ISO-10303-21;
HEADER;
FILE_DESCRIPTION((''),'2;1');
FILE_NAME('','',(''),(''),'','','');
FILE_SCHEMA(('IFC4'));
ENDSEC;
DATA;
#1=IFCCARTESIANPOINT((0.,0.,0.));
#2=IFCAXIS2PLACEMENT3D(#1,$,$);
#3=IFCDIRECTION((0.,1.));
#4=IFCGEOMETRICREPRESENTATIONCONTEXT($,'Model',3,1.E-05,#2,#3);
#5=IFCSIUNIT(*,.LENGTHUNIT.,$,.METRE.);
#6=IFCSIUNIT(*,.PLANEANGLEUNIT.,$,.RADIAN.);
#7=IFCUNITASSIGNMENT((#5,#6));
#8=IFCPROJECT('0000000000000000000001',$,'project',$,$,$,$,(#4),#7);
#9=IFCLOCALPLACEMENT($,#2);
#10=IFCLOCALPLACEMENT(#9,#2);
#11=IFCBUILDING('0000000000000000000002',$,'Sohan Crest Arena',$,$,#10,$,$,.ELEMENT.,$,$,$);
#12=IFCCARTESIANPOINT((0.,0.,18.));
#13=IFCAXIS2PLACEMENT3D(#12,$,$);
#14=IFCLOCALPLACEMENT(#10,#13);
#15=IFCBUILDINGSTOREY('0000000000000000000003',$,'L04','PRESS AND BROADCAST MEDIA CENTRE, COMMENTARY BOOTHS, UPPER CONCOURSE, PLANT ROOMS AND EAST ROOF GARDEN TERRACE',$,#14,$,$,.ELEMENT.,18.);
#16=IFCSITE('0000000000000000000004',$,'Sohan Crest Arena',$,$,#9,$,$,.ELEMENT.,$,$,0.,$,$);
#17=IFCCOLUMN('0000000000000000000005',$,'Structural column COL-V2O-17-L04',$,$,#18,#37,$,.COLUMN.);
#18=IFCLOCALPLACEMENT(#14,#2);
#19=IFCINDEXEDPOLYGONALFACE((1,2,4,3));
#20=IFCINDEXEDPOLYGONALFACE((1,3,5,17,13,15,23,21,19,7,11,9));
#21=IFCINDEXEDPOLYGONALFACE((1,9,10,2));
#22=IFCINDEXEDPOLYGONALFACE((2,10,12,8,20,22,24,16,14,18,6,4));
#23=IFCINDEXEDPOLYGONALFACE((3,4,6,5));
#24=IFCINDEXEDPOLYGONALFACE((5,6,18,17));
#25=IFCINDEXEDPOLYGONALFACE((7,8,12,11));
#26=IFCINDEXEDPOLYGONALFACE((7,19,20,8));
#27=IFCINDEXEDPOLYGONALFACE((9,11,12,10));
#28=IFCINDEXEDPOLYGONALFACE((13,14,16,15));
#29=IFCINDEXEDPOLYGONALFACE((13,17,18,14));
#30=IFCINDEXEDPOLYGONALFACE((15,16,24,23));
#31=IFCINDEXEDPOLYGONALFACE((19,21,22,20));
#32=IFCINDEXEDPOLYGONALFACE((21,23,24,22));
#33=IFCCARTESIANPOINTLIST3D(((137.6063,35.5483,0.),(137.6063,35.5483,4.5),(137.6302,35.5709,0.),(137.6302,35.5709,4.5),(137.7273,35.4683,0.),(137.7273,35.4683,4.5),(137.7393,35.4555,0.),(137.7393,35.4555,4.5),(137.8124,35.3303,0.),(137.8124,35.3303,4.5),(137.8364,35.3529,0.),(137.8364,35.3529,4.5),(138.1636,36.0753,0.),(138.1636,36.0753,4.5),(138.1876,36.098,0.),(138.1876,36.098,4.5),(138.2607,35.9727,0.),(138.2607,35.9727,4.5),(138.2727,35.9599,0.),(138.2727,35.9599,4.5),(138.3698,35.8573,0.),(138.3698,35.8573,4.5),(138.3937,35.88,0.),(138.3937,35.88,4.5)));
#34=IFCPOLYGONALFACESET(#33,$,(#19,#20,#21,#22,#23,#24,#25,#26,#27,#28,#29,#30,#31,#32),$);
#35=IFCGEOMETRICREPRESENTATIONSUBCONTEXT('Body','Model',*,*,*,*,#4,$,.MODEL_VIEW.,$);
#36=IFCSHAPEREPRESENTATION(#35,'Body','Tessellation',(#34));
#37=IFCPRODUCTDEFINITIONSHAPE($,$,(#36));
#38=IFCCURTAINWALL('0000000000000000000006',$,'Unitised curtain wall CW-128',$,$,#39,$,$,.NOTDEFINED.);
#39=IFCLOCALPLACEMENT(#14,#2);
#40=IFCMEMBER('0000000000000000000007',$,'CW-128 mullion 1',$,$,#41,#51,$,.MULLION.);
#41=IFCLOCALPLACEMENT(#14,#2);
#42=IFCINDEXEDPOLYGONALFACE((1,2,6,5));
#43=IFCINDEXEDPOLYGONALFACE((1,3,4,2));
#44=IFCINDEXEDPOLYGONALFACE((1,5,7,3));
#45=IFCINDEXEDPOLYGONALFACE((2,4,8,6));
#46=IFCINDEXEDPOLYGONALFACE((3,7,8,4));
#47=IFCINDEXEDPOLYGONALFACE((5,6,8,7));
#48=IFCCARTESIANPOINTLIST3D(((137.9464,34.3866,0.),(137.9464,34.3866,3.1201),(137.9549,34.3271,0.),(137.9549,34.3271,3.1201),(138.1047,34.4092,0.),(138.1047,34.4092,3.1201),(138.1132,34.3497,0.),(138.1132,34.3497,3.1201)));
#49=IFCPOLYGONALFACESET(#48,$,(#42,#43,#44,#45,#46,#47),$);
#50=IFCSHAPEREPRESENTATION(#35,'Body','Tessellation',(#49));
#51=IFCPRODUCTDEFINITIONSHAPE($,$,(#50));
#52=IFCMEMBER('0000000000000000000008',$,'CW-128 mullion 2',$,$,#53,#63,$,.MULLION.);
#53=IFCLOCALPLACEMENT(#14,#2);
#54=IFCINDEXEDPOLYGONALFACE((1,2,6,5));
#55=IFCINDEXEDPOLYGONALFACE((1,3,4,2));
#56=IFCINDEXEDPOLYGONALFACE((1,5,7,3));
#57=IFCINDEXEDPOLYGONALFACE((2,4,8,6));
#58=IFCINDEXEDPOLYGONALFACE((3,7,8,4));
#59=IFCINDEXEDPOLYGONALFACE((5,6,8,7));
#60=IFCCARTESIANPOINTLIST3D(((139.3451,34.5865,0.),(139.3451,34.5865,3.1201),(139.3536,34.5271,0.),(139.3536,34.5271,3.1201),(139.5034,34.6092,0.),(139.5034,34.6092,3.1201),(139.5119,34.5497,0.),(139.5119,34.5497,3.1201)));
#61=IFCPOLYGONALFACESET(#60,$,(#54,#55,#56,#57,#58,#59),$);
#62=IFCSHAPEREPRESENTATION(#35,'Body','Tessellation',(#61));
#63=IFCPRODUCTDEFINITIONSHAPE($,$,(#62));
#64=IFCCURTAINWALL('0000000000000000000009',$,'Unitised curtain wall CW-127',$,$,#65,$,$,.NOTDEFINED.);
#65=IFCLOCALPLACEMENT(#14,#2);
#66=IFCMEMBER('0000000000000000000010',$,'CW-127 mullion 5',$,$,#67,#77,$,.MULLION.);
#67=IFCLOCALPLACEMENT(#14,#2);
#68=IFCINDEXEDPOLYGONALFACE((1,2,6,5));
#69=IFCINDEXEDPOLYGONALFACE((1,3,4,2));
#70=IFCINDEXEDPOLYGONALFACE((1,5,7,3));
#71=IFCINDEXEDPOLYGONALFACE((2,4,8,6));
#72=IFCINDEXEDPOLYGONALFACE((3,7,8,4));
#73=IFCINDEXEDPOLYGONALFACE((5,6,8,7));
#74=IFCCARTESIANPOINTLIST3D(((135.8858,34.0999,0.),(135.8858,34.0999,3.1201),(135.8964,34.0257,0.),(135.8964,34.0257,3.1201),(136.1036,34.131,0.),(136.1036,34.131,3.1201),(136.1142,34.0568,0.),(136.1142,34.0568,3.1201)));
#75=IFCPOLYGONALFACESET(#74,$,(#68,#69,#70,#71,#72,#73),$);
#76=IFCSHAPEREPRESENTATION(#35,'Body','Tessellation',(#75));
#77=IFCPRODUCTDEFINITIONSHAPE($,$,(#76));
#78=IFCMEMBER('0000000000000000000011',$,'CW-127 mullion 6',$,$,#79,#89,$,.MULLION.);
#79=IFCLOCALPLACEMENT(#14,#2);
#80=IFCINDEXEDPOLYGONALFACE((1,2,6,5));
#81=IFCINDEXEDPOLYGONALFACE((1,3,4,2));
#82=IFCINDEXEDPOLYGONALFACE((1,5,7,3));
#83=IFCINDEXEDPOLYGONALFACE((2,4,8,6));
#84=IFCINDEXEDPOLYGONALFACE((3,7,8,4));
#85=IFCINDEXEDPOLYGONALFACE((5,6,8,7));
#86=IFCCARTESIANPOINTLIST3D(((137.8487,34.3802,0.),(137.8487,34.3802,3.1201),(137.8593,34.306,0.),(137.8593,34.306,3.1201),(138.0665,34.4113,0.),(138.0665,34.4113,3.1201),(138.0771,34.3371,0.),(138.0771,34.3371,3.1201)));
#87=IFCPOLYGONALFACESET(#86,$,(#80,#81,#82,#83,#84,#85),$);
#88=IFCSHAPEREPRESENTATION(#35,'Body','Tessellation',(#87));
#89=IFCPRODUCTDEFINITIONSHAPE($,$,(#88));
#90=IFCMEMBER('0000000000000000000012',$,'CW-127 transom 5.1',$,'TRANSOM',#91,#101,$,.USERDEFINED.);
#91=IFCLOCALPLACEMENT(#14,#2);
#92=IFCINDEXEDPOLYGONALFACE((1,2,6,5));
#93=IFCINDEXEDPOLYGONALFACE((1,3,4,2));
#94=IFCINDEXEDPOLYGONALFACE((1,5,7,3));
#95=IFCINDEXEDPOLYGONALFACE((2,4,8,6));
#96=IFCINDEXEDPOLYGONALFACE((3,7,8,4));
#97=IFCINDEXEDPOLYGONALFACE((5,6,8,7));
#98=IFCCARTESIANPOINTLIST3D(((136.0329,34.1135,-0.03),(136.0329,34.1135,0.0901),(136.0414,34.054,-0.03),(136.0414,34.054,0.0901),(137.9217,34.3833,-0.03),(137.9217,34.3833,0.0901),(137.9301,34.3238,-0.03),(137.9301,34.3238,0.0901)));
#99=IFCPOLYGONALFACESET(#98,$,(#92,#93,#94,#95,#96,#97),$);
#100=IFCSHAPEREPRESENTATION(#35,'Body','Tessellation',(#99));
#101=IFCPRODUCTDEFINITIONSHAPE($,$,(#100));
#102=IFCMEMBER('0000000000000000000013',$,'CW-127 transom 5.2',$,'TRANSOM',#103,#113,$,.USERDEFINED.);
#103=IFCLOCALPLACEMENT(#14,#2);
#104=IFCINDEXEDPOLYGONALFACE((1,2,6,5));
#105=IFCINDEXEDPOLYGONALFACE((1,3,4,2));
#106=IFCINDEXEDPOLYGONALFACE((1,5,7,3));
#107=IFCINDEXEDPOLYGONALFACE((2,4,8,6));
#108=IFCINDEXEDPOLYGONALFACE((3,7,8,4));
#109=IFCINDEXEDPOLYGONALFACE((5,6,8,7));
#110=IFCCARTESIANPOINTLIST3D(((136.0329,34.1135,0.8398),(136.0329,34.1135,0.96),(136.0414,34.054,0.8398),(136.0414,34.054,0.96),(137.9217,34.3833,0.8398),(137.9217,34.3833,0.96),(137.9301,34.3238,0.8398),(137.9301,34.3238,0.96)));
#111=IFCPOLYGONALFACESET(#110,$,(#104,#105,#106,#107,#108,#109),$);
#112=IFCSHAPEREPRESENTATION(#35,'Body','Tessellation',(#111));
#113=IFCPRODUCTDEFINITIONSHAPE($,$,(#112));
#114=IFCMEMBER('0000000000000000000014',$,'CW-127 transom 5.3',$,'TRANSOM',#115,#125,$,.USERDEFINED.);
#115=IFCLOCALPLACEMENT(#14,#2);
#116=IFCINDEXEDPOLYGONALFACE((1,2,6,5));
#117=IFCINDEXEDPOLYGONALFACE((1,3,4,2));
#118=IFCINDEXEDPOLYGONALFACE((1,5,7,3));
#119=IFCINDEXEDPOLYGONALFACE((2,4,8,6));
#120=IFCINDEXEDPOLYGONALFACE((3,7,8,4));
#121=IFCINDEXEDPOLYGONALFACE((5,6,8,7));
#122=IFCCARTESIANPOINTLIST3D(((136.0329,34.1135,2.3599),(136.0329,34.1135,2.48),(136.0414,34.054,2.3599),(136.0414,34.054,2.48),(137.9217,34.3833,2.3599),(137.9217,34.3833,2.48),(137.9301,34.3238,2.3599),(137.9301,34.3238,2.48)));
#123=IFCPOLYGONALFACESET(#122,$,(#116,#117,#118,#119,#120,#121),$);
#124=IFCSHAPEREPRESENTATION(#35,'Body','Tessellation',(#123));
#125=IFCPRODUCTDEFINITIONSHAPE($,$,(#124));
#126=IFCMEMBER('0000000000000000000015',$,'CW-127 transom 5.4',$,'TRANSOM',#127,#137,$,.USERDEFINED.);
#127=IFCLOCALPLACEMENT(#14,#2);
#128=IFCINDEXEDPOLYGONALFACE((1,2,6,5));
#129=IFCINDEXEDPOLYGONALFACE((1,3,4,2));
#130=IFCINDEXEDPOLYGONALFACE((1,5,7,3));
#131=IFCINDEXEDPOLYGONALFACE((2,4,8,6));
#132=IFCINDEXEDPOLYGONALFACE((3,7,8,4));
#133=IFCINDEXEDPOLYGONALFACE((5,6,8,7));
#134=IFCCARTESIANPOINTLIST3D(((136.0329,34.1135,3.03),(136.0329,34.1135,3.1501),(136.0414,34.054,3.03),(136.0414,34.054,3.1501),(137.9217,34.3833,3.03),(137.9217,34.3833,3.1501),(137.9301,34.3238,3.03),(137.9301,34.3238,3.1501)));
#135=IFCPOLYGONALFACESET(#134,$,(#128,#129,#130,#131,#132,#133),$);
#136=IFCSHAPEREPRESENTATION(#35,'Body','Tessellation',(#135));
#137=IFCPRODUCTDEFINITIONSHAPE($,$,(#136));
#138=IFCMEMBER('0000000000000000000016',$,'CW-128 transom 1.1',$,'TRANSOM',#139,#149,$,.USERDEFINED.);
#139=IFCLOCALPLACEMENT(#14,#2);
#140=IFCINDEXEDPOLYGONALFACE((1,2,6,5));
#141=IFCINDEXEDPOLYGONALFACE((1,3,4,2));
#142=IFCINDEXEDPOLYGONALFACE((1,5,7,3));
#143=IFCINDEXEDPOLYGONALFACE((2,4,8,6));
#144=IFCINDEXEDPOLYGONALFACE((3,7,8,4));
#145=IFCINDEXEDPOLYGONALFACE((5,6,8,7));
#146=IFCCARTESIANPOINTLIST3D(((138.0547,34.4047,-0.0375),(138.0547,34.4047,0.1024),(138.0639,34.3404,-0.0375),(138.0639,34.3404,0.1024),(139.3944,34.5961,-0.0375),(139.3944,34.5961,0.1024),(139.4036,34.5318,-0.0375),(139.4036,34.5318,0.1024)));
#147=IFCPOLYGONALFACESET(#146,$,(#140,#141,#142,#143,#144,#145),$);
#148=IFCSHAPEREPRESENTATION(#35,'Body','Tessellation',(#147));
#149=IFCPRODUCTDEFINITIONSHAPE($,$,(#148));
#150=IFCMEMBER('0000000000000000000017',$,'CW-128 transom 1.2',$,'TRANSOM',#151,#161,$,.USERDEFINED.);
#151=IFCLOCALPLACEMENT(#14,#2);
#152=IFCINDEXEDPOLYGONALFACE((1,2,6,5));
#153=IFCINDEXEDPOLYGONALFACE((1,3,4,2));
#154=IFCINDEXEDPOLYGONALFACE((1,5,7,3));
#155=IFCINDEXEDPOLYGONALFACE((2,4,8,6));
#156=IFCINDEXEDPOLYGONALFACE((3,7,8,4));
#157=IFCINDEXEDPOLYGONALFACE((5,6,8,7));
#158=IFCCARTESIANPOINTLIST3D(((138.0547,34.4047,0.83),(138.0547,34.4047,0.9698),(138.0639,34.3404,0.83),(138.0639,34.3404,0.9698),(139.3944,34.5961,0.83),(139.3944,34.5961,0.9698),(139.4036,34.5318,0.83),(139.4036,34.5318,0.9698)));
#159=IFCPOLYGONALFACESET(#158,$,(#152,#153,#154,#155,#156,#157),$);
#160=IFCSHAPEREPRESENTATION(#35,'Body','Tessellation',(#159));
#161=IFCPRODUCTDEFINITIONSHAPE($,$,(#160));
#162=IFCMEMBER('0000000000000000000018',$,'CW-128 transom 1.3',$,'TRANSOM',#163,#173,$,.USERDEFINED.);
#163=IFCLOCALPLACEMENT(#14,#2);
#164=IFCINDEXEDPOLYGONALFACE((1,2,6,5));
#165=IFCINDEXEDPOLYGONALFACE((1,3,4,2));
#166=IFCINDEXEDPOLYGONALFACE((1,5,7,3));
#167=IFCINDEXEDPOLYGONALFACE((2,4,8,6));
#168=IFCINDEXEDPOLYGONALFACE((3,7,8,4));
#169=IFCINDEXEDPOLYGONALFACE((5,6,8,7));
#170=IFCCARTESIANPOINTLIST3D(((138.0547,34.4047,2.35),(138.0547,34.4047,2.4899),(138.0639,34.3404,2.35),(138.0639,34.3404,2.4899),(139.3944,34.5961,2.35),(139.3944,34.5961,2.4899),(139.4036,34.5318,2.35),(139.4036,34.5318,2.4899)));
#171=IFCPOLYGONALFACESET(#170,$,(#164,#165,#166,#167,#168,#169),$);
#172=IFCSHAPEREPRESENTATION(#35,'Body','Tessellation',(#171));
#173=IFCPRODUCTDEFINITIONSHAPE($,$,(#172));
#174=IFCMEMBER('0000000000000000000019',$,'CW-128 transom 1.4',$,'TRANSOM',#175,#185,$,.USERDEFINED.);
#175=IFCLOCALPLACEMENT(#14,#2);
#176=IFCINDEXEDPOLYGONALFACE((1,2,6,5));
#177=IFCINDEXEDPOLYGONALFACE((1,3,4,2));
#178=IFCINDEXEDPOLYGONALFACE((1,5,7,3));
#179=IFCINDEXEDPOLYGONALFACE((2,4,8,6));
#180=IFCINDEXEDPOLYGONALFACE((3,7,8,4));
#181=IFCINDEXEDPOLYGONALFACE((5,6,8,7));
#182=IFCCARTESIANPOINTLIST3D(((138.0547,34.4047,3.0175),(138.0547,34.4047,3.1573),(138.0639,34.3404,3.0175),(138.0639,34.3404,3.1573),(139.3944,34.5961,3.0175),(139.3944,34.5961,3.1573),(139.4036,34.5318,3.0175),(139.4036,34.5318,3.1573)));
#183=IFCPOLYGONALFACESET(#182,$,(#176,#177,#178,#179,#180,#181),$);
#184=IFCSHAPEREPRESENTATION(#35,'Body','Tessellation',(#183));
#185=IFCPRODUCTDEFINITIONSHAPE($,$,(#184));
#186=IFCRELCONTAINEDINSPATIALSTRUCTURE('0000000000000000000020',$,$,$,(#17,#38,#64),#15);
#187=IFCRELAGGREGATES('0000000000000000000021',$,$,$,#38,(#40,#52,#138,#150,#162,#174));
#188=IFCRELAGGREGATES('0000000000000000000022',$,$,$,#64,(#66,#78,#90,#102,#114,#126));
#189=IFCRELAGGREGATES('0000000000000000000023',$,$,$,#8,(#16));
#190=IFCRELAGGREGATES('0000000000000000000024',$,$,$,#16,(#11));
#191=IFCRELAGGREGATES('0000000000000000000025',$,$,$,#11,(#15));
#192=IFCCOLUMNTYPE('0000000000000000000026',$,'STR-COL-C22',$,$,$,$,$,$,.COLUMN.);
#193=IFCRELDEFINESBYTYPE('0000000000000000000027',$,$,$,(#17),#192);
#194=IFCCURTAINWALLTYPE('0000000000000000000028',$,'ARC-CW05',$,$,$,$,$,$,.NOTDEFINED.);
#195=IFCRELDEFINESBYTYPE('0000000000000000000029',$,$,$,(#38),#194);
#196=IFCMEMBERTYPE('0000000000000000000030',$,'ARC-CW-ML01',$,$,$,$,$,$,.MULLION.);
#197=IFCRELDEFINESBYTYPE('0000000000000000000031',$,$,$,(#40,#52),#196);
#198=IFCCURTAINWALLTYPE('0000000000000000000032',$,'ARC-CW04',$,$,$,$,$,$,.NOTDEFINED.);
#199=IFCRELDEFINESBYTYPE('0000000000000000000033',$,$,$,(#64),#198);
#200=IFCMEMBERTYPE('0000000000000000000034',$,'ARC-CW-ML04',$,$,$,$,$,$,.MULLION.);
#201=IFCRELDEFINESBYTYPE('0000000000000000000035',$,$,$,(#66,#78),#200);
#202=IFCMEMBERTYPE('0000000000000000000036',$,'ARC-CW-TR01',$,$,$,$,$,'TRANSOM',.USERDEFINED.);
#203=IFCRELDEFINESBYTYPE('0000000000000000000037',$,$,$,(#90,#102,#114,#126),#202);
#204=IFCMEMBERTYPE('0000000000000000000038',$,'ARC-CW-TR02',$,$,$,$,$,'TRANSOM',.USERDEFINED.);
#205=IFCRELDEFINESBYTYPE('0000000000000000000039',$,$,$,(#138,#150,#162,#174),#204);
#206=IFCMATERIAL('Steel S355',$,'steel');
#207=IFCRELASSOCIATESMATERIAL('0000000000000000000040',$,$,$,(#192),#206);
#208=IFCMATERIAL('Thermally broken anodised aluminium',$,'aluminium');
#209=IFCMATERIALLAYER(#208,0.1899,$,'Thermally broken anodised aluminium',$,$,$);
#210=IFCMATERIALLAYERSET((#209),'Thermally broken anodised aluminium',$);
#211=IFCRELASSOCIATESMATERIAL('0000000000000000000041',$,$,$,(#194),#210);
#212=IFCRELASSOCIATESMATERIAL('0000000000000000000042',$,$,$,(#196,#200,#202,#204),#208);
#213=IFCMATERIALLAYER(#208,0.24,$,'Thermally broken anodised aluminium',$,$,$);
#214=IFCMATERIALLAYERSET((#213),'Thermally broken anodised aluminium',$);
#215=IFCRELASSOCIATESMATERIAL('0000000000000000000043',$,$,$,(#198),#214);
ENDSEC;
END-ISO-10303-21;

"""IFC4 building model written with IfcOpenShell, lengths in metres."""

from ifc_helpers import new_model, si_unit, direction, frame, origin, origin_2d, place, context, subcontext, project, spatial, rectangle, i_section, extrude, material, layer, layer_set, material_profile, profile_set, type_object, element, aggregate, save


model = new_model("IFC4")

# Units and contexts
model_context = context("Model", 3, precision=1e-05, world=origin(), true_north=direction((0.0, 1.0)))
body_context = subcontext(model_context, "Body", "Model", "MODEL_VIEW")
ifc_project = project(units=[si_unit("LENGTHUNIT", "METRE"), si_unit("PLANEANGLEUNIT", "RADIAN")], contexts=[model_context])

# Site, building, storey
site_placement = place(None, origin())
site = spatial("IfcSite", under=ifc_project, at=site_placement, Name="Sohan Crest Arena", CompositionType="ELEMENT", RefElevation=0.0)
building_placement = place(site_placement, origin())
building = spatial("IfcBuilding", under=site, at=building_placement, Name="Sohan Crest Arena", CompositionType="ELEMENT")
storey_placement = place(building_placement, frame((0.0, 0.0, 18.0)))
storey = spatial("IfcBuildingStorey", under=building, at=storey_placement, Name="L04", Description="PRESS AND BROADCAST MEDIA CENTRE, COMMENTARY BOOTHS, UPPER CONCOURSE, PLANT ROOMS AND EAST ROOF GARDEN TERRACE", CompositionType="ELEMENT", Elevation=18.0)

# Column
ifc_material_1 = material(Name="Steel S355", Category="steel")
ifc_material_profile_1 = material_profile(ifc_material_1, i_section(OverallWidth=0.3, OverallDepth=0.8, WebThickness=0.0176, FlangeThickness=0.033, at=origin_2d()), Name="HEB 800")
ifc_profile_set_1 = profile_set([ifc_material_profile_1], Name="Steel S355")
column_type = type_object("IfcColumnType", Name="STR-COL-C22", PredefinedType="COLUMN", material=ifc_profile_set_1)
column_placement = place(storey_placement, frame((138.0, 35.7141, 0.0), z_axis=(0.0, 0.0, 1.0), x_axis=(-0.687088, 0.726575, 0.0)))
element("IfcColumn", 1, at=column_placement, inside=storey, type_object=column_type, Name="Structural column COL-V2O-17-L04", PredefinedType="COLUMN", context=body_context, shape_type="SweptSolid", body=[
    extrude(i_section(OverallWidth=0.3, OverallDepth=0.8, WebThickness=0.0176, FlangeThickness=0.033, at=origin_2d()), origin(), (0.0, 0.0, 1.0), 4.5),
])

# Curtain walls, members
ifc_material_2 = material(Name="Thermally broken anodised aluminium", Category="aluminium")
ifc_layer_1 = layer(ifc_material_2, 0.1899, Name="Thermally broken anodised aluminium")
ifc_layer_set_1 = layer_set([ifc_layer_1], Name="Thermally broken anodised aluminium")
curtain_wall_type_1 = type_object("IfcCurtainWallType", Name="ARC-CW05", PredefinedType="NOTDEFINED", material=ifc_layer_set_1)
curtain_wall_1_placement = place(storey_placement, origin())
curtain_wall_1 = element("IfcCurtainWall", 2, at=curtain_wall_1_placement, inside=storey, type_object=curtain_wall_type_1, Name="Unitised curtain wall CW-128", PredefinedType="NOTDEFINED")
ifc_material_profile_2 = material_profile(ifc_material_2, rectangle(XDim=0.0601, YDim=0.1599, at=origin_2d()), Name="ALU-MULL 60x160")
ifc_profile_set_2 = profile_set([ifc_material_profile_2], Name="Thermally broken anodised aluminium")
member_type_1 = type_object("IfcMemberType", Name="ARC-CW-ML01", PredefinedType="MULLION", material=ifc_profile_set_2)
member_1_placement = place(storey_placement, frame((138.0298, 34.3682, 0.0), z_axis=(0.0, 0.0, 1.0), x_axis=(-0.141463, 0.989944, 0.0)))
member_1 = element("IfcMember", 3, at=member_1_placement, type_object=member_type_1, Name="CW-128 mullion 1", PredefinedType="MULLION", context=body_context, shape_type="SweptSolid", body=[
    extrude(rectangle(XDim=0.0601, YDim=0.1599, at=origin_2d()), origin(), (0.0, 0.0, 1.0), 3.1201),
])
member_2_placement = place(storey_placement, frame((139.4285, 34.5681, 0.0), z_axis=(0.0, 0.0, 1.0), x_axis=(-0.141463, 0.989944, 0.0)))
member_2 = element("IfcMember", 4, at=member_2_placement, type_object=member_type_1, Name="CW-128 mullion 2", PredefinedType="MULLION", context=body_context, shape_type="SweptSolid", body=[
    extrude(rectangle(XDim=0.0601, YDim=0.1599, at=origin_2d()), origin(), (0.0, 0.0, 1.0), 3.1201),
])
ifc_layer_2 = layer(ifc_material_2, 0.24, Name="Thermally broken anodised aluminium")
ifc_layer_set_2 = layer_set([ifc_layer_2], Name="Thermally broken anodised aluminium")
curtain_wall_type_2 = type_object("IfcCurtainWallType", Name="ARC-CW04", PredefinedType="NOTDEFINED", material=ifc_layer_set_2)
curtain_wall_2_placement = place(storey_placement, origin())
curtain_wall_2 = element("IfcCurtainWall", 5, at=curtain_wall_2_placement, inside=storey, type_object=curtain_wall_type_2, Name="Unitised curtain wall CW-127", PredefinedType="NOTDEFINED")
ifc_material_profile_3 = material_profile(ifc_material_2, rectangle(XDim=0.075, YDim=0.22, at=origin_2d()), Name="ALU-MULL 75x220")
ifc_profile_set_3 = profile_set([ifc_material_profile_3], Name="Thermally broken anodised aluminium")
member_type_2 = type_object("IfcMemberType", Name="ARC-CW-ML04", PredefinedType="MULLION", material=ifc_profile_set_3)
member_3_placement = place(storey_placement, frame((136.0, 34.0784, 0.0), z_axis=(0.0, 0.0, 1.0), x_axis=(-0.141366, 0.989957, 0.0)))
member_3 = element("IfcMember", 6, at=member_3_placement, type_object=member_type_2, Name="CW-127 mullion 5", PredefinedType="MULLION", context=body_context, shape_type="SweptSolid", body=[
    extrude(rectangle(XDim=0.075, YDim=0.22, at=origin_2d()), origin(), (0.0, 0.0, 1.0), 3.1201),
])
member_4_placement = place(storey_placement, frame((137.9629, 34.3586, 0.0), z_axis=(0.0, 0.0, 1.0), x_axis=(-0.141366, 0.989957, 0.0)))
member_4 = element("IfcMember", 7, at=member_4_placement, type_object=member_type_2, Name="CW-127 mullion 6", PredefinedType="MULLION", context=body_context, shape_type="SweptSolid", body=[
    extrude(rectangle(XDim=0.075, YDim=0.22, at=origin_2d()), origin(), (0.0, 0.0, 1.0), 3.1201),
])
ifc_material_profile_4 = material_profile(ifc_material_2, rectangle(XDim=0.0601, YDim=0.1201, at=origin_2d()), Name="ALU-TRAN 60x120")
ifc_profile_set_4 = profile_set([ifc_material_profile_4], Name="Thermally broken anodised aluminium")
member_type_3 = type_object("IfcMemberType", Name="ARC-CW-TR01", ElementType="TRANSOM", PredefinedType="USERDEFINED", material=ifc_profile_set_4)
member_5_placement = place(storey_placement, frame((136.0371, 34.0837, 0.03), z_axis=(0.989952, 0.141403, 0.0), x_axis=(-0.141403, 0.989952, 0.0)))
member_5 = element("IfcMember", 8, at=member_5_placement, type_object=member_type_3, Name="CW-127 transom 5.1", ObjectType="TRANSOM", PredefinedType="USERDEFINED", context=body_context, shape_type="SweptSolid", body=[
    extrude(rectangle(XDim=0.0601, YDim=0.1201, at=origin_2d()), origin(), (0.0, 0.0, 1.0), 1.908),
])
member_6_placement = place(storey_placement, frame((136.0371, 34.0837, 0.8999), z_axis=(0.989952, 0.141403, 0.0), x_axis=(-0.141403, 0.989952, 0.0)))
member_6 = element("IfcMember", 9, at=member_6_placement, type_object=member_type_3, Name="CW-127 transom 5.2", ObjectType="TRANSOM", PredefinedType="USERDEFINED", context=body_context, shape_type="SweptSolid", body=[
    extrude(rectangle(XDim=0.0601, YDim=0.1201, at=origin_2d()), origin(), (0.0, 0.0, 1.0), 1.908),
])
member_7_placement = place(storey_placement, frame((136.0371, 34.0837, 2.4199), z_axis=(0.989952, 0.141403, 0.0), x_axis=(-0.141403, 0.989952, 0.0)))
member_7 = element("IfcMember", 10, at=member_7_placement, type_object=member_type_3, Name="CW-127 transom 5.3", ObjectType="TRANSOM", PredefinedType="USERDEFINED", context=body_context, shape_type="SweptSolid", body=[
    extrude(rectangle(XDim=0.0601, YDim=0.1201, at=origin_2d()), origin(), (0.0, 0.0, 1.0), 1.908),
])
member_8_placement = place(storey_placement, frame((136.0371, 34.0837, 3.0901), z_axis=(0.989952, 0.141403, 0.0), x_axis=(-0.141403, 0.989952, 0.0)))
member_8 = element("IfcMember", 11, at=member_8_placement, type_object=member_type_3, Name="CW-127 transom 5.4", ObjectType="TRANSOM", PredefinedType="USERDEFINED", context=body_context, shape_type="SweptSolid", body=[
    extrude(rectangle(XDim=0.0601, YDim=0.1201, at=origin_2d()), origin(), (0.0, 0.0, 1.0), 1.908),
])

# Members
ifc_material_profile_5 = material_profile(ifc_material_2, rectangle(XDim=0.0649, YDim=0.1399, at=origin_2d()), Name="ALU-TRAN 65x140")
ifc_profile_set_5 = profile_set([ifc_material_profile_5], Name="Thermally broken anodised aluminium")
member_type_4 = type_object("IfcMemberType", Name="ARC-CW-TR02", ElementType="TRANSOM", PredefinedType="USERDEFINED", material=ifc_profile_set_5)
member_9_placement = place(storey_placement, frame((138.0593, 34.3726, 0.0325), z_axis=(0.989946, 0.141447, 0.0), x_axis=(-0.141447, 0.989946, 0.0)))
member_9 = element("IfcMember", 12, at=member_9_placement, type_object=member_type_4, Name="CW-128 transom 1.1", ObjectType="TRANSOM", PredefinedType="USERDEFINED", context=body_context, shape_type="SweptSolid", body=[
    extrude(rectangle(XDim=0.0649, YDim=0.1399, at=origin_2d()), origin(), (0.0, 0.0, 1.0), 1.3533),
])
member_10_placement = place(storey_placement, frame((138.0593, 34.3726, 0.8999), z_axis=(0.989946, 0.141447, 0.0), x_axis=(-0.141447, 0.989946, 0.0)))
member_10 = element("IfcMember", 13, at=member_10_placement, type_object=member_type_4, Name="CW-128 transom 1.2", ObjectType="TRANSOM", PredefinedType="USERDEFINED", context=body_context, shape_type="SweptSolid", body=[
    extrude(rectangle(XDim=0.0649, YDim=0.1399, at=origin_2d()), origin(), (0.0, 0.0, 1.0), 1.3533),
])
member_11_placement = place(storey_placement, frame((138.0593, 34.3726, 2.4199), z_axis=(0.989946, 0.141447, 0.0), x_axis=(-0.141447, 0.989946, 0.0)))
member_11 = element("IfcMember", 14, at=member_11_placement, type_object=member_type_4, Name="CW-128 transom 1.3", ObjectType="TRANSOM", PredefinedType="USERDEFINED", context=body_context, shape_type="SweptSolid", body=[
    extrude(rectangle(XDim=0.0649, YDim=0.1399, at=origin_2d()), origin(), (0.0, 0.0, 1.0), 1.3533),
])
member_12_placement = place(storey_placement, frame((138.0593, 34.3726, 3.0874), z_axis=(0.989946, 0.141447, 0.0), x_axis=(-0.141447, 0.989946, 0.0)))
member_12 = element("IfcMember", 15, at=member_12_placement, type_object=member_type_4, Name="CW-128 transom 1.4", ObjectType="TRANSOM", PredefinedType="USERDEFINED", context=body_context, shape_type="SweptSolid", body=[
    extrude(rectangle(XDim=0.0649, YDim=0.1399, at=origin_2d()), origin(), (0.0, 0.0, 1.0), 1.3533),
])

aggregate(curtain_wall_1, [member_1, member_2, member_9, member_10, member_11, member_12])
aggregate(curtain_wall_2, [member_3, member_4, member_5, member_6, member_7, member_8])

save(model, "model.ifc")
